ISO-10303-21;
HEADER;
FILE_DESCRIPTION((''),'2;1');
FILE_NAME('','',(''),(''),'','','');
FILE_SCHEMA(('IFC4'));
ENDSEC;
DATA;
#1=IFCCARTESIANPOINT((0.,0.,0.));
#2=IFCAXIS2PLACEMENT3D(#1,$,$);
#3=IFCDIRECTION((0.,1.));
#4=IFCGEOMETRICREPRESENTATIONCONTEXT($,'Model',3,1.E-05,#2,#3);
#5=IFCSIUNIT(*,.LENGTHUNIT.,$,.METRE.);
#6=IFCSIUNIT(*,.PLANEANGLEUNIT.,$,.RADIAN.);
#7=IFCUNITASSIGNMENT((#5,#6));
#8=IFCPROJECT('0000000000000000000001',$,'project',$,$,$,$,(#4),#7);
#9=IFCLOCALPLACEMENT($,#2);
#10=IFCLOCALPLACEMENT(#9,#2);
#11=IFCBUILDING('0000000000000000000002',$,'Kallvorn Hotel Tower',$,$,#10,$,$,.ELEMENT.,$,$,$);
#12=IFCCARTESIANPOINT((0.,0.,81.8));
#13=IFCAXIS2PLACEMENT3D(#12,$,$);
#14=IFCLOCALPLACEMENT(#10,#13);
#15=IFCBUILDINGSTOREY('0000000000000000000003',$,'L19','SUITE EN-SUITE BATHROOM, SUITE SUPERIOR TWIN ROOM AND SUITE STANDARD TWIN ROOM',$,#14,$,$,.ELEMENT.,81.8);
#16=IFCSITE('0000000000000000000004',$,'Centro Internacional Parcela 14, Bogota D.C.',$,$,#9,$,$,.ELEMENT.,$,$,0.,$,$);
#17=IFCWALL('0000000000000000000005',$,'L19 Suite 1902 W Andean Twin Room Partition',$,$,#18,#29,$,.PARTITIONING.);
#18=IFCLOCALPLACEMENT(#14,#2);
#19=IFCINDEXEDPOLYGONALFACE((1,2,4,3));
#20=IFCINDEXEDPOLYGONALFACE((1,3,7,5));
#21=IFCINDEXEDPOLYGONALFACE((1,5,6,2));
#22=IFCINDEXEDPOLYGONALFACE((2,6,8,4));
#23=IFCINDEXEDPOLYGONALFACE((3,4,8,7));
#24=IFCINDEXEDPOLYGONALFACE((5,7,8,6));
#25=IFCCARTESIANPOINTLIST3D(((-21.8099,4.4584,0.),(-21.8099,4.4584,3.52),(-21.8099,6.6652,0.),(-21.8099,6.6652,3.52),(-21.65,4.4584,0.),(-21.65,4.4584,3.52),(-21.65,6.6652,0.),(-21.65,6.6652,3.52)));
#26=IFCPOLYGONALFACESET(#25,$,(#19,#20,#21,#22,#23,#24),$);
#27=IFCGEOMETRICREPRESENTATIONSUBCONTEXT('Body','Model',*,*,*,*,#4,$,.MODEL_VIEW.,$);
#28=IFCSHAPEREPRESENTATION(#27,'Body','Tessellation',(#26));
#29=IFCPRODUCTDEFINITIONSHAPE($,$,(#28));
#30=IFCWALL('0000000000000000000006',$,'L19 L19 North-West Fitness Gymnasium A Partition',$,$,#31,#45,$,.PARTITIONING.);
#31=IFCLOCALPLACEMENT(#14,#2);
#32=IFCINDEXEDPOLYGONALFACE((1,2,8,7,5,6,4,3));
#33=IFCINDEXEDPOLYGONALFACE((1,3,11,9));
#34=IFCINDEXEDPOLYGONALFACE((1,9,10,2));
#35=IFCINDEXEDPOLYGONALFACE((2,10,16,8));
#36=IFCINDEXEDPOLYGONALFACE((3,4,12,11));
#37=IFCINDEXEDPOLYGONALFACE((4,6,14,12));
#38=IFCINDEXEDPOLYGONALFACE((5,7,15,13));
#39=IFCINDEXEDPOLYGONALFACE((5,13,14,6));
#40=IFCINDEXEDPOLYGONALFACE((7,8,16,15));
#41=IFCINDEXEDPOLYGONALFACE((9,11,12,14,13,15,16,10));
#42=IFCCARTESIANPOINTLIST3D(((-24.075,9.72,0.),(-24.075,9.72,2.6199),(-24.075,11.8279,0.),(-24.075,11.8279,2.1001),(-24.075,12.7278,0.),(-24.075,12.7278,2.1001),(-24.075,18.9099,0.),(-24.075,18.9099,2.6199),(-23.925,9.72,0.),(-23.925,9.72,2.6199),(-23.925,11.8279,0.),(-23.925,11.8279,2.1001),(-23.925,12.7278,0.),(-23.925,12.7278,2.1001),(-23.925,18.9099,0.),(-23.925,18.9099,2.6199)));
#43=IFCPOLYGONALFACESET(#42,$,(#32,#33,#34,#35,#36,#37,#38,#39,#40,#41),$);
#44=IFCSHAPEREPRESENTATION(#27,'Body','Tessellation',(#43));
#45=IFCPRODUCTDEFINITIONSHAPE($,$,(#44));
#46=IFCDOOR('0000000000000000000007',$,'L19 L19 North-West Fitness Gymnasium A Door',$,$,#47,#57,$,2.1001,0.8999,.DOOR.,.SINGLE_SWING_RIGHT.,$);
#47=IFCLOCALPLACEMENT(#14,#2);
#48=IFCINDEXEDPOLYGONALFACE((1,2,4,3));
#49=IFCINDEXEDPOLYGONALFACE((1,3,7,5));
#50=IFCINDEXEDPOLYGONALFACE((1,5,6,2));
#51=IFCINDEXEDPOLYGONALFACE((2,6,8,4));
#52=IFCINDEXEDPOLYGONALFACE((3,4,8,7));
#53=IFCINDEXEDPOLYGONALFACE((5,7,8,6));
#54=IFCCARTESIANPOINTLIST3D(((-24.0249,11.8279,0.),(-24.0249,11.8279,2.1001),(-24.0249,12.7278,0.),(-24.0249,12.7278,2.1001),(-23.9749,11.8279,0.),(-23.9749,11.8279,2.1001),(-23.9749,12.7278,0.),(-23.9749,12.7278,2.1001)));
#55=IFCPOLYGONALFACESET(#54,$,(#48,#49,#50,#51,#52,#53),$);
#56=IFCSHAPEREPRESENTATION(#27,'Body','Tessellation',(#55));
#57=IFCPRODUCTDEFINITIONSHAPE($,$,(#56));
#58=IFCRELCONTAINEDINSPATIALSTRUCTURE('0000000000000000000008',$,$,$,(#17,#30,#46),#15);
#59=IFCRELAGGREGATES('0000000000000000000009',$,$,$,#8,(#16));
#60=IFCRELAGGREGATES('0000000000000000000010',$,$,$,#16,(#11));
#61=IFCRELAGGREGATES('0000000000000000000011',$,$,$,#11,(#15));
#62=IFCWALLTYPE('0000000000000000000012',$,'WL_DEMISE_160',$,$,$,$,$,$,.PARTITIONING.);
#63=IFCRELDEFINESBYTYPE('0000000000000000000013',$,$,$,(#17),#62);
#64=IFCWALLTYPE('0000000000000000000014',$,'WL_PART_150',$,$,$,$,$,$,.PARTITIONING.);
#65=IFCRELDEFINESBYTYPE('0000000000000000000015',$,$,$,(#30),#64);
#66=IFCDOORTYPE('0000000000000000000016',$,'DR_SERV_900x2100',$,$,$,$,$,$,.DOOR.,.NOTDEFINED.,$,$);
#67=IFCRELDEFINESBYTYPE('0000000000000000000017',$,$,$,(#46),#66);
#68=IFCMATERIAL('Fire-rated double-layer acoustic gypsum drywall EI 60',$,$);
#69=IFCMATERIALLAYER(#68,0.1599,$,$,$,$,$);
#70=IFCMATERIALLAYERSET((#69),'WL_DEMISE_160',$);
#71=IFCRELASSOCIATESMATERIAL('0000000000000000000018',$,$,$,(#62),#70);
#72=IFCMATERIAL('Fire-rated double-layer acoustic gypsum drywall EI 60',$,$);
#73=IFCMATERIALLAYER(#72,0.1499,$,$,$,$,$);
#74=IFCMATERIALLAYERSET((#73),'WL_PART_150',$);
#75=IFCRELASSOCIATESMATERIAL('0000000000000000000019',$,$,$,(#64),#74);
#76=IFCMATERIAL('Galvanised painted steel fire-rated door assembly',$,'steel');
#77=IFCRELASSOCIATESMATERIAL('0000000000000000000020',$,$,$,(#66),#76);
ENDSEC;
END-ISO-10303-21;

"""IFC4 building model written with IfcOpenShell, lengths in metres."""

from ifc_helpers import new_model, si_unit, direction, frame, frame_2d, origin, place, context, subcontext, project, spatial, rectangle, extrude, material, layer, layer_set, type_object, element, fill, save


model = new_model("IFC4")

# Units and contexts
model_context = context("Model", 3, precision=1e-05, world=origin(), true_north=direction((0.0, 1.0)))
body_context = subcontext(model_context, "Body", "Model", "MODEL_VIEW")
ifc_project = project(units=[si_unit("LENGTHUNIT", "METRE"), si_unit("PLANEANGLEUNIT", "RADIAN")], contexts=[model_context])

# Site, building, storey
site_placement = place(None, origin())
site = spatial("IfcSite", under=ifc_project, at=site_placement, Name="Centro Internacional Parcela 14, Bogota D.C.", CompositionType="ELEMENT", RefElevation=0.0)
building_placement = place(site_placement, origin())
building = spatial("IfcBuilding", under=site, at=building_placement, Name="Kallvorn Hotel Tower", CompositionType="ELEMENT")
storey_placement = place(building_placement, frame((0.0, 0.0, 81.8)))
storey = spatial("IfcBuildingStorey", under=building, at=storey_placement, Name="L19", Description="SUITE EN-SUITE BATHROOM, SUITE SUPERIOR TWIN ROOM AND SUITE STANDARD TWIN ROOM", CompositionType="ELEMENT", Elevation=81.8)

# Shared definitions
ifc_material_1 = material(Name="Fire-rated double-layer acoustic gypsum drywall EI 60")
ifc_layer_1 = layer(ifc_material_1, 0.1599)
ifc_layer_set_1 = layer_set([ifc_layer_1], Name="WL_DEMISE_160")
wall_type_1 = type_object("IfcWallType", Name="WL_DEMISE_160", PredefinedType="PARTITIONING", material=ifc_layer_set_1)

# Wall
wall_1_placement = place(storey_placement, frame((-21.73, 4.4583, 0.0), z_axis=(0.0, 0.0, 1.0), x_axis=(0.0, 1.0, 0.0)))
element("IfcWall", 1, at=wall_1_placement, inside=storey, type_object=wall_type_1, Name="L19 Suite 1902 W Andean Twin Room Partition", PredefinedType="PARTITIONING", context=body_context, shape_type="SweptSolid", body=[
    extrude(rectangle(XDim=2.2068, YDim=0.1599, at=frame_2d((1.1035, 0.0))), origin(), (0.0, 0.0, 1.0), 3.52),
])

# Wall, opening, door
ifc_material_2 = material(Name="Fire-rated double-layer acoustic gypsum drywall EI 60")
ifc_layer_2 = layer(ifc_material_2, 0.1499)
ifc_layer_set_2 = layer_set([ifc_layer_2], Name="WL_PART_150")
wall_type_2 = type_object("IfcWallType", Name="WL_PART_150", PredefinedType="PARTITIONING", material=ifc_layer_set_2)
wall_2_placement = place(storey_placement, frame((-24.0, 9.72, 0.0), z_axis=(0.0, 0.0, 1.0), x_axis=(0.0, 1.0, 0.0)))
wall_2 = element("IfcWall", 2, at=wall_2_placement, inside=storey, type_object=wall_type_2, Name="L19 L19 North-West Fitness Gymnasium A Partition", PredefinedType="PARTITIONING", context=body_context, shape_type="SweptSolid", body=[
    extrude(rectangle(XDim=9.1899, YDim=0.1499, at=frame_2d((4.595, 0.0))), origin(), (0.0, 0.0, 1.0), 2.6199),
])
opening_1_placement = place(wall_2_placement, frame((2.1079, 0.0, 0.0)))
opening_1 = element("IfcOpeningElement", 3, at=opening_1_placement, cuts=wall_2, PredefinedType="OPENING", context=body_context, shape_type="SweptSolid", body=[
    extrude(rectangle(XDim=0.8999, YDim=2.1001, at=frame_2d((0.45, 1.05))), frame((0.0, 0.0898, 0.0), z_axis=(0.0, -1.0, 0.0), x_axis=(1.0, 0.0, 0.0)), (0.0, 0.0, 1.0), 0.1799),
])
ifc_material_3 = material(Name="Galvanised painted steel fire-rated door assembly", Category="steel")
door_type_1 = type_object("IfcDoorType", Name="DR_SERV_900x2100", OperationType="NOTDEFINED", PredefinedType="DOOR", material=ifc_material_3)
door_1_placement = place(opening_1_placement, origin())
door_1 = element("IfcDoor", 4, at=door_1_placement, inside=storey, type_object=door_type_1, Name="L19 L19 North-West Fitness Gymnasium A Door", OperationType="SINGLE_SWING_RIGHT", OverallHeight=2.1001, OverallWidth=0.8999, PredefinedType="DOOR", context=body_context, shape_type="SweptSolid", body=[
    extrude(rectangle(XDim=0.8999, YDim=2.1001, at=frame_2d((0.45, 1.05))), frame((0.0, 0.0249, 0.0), z_axis=(0.0, -1.0, 0.0), x_axis=(1.0, 0.0, 0.0)), (0.0, 0.0, 1.0), 0.05),
])
fill(opening_1, door_1)

save(model, "model.ifc")
